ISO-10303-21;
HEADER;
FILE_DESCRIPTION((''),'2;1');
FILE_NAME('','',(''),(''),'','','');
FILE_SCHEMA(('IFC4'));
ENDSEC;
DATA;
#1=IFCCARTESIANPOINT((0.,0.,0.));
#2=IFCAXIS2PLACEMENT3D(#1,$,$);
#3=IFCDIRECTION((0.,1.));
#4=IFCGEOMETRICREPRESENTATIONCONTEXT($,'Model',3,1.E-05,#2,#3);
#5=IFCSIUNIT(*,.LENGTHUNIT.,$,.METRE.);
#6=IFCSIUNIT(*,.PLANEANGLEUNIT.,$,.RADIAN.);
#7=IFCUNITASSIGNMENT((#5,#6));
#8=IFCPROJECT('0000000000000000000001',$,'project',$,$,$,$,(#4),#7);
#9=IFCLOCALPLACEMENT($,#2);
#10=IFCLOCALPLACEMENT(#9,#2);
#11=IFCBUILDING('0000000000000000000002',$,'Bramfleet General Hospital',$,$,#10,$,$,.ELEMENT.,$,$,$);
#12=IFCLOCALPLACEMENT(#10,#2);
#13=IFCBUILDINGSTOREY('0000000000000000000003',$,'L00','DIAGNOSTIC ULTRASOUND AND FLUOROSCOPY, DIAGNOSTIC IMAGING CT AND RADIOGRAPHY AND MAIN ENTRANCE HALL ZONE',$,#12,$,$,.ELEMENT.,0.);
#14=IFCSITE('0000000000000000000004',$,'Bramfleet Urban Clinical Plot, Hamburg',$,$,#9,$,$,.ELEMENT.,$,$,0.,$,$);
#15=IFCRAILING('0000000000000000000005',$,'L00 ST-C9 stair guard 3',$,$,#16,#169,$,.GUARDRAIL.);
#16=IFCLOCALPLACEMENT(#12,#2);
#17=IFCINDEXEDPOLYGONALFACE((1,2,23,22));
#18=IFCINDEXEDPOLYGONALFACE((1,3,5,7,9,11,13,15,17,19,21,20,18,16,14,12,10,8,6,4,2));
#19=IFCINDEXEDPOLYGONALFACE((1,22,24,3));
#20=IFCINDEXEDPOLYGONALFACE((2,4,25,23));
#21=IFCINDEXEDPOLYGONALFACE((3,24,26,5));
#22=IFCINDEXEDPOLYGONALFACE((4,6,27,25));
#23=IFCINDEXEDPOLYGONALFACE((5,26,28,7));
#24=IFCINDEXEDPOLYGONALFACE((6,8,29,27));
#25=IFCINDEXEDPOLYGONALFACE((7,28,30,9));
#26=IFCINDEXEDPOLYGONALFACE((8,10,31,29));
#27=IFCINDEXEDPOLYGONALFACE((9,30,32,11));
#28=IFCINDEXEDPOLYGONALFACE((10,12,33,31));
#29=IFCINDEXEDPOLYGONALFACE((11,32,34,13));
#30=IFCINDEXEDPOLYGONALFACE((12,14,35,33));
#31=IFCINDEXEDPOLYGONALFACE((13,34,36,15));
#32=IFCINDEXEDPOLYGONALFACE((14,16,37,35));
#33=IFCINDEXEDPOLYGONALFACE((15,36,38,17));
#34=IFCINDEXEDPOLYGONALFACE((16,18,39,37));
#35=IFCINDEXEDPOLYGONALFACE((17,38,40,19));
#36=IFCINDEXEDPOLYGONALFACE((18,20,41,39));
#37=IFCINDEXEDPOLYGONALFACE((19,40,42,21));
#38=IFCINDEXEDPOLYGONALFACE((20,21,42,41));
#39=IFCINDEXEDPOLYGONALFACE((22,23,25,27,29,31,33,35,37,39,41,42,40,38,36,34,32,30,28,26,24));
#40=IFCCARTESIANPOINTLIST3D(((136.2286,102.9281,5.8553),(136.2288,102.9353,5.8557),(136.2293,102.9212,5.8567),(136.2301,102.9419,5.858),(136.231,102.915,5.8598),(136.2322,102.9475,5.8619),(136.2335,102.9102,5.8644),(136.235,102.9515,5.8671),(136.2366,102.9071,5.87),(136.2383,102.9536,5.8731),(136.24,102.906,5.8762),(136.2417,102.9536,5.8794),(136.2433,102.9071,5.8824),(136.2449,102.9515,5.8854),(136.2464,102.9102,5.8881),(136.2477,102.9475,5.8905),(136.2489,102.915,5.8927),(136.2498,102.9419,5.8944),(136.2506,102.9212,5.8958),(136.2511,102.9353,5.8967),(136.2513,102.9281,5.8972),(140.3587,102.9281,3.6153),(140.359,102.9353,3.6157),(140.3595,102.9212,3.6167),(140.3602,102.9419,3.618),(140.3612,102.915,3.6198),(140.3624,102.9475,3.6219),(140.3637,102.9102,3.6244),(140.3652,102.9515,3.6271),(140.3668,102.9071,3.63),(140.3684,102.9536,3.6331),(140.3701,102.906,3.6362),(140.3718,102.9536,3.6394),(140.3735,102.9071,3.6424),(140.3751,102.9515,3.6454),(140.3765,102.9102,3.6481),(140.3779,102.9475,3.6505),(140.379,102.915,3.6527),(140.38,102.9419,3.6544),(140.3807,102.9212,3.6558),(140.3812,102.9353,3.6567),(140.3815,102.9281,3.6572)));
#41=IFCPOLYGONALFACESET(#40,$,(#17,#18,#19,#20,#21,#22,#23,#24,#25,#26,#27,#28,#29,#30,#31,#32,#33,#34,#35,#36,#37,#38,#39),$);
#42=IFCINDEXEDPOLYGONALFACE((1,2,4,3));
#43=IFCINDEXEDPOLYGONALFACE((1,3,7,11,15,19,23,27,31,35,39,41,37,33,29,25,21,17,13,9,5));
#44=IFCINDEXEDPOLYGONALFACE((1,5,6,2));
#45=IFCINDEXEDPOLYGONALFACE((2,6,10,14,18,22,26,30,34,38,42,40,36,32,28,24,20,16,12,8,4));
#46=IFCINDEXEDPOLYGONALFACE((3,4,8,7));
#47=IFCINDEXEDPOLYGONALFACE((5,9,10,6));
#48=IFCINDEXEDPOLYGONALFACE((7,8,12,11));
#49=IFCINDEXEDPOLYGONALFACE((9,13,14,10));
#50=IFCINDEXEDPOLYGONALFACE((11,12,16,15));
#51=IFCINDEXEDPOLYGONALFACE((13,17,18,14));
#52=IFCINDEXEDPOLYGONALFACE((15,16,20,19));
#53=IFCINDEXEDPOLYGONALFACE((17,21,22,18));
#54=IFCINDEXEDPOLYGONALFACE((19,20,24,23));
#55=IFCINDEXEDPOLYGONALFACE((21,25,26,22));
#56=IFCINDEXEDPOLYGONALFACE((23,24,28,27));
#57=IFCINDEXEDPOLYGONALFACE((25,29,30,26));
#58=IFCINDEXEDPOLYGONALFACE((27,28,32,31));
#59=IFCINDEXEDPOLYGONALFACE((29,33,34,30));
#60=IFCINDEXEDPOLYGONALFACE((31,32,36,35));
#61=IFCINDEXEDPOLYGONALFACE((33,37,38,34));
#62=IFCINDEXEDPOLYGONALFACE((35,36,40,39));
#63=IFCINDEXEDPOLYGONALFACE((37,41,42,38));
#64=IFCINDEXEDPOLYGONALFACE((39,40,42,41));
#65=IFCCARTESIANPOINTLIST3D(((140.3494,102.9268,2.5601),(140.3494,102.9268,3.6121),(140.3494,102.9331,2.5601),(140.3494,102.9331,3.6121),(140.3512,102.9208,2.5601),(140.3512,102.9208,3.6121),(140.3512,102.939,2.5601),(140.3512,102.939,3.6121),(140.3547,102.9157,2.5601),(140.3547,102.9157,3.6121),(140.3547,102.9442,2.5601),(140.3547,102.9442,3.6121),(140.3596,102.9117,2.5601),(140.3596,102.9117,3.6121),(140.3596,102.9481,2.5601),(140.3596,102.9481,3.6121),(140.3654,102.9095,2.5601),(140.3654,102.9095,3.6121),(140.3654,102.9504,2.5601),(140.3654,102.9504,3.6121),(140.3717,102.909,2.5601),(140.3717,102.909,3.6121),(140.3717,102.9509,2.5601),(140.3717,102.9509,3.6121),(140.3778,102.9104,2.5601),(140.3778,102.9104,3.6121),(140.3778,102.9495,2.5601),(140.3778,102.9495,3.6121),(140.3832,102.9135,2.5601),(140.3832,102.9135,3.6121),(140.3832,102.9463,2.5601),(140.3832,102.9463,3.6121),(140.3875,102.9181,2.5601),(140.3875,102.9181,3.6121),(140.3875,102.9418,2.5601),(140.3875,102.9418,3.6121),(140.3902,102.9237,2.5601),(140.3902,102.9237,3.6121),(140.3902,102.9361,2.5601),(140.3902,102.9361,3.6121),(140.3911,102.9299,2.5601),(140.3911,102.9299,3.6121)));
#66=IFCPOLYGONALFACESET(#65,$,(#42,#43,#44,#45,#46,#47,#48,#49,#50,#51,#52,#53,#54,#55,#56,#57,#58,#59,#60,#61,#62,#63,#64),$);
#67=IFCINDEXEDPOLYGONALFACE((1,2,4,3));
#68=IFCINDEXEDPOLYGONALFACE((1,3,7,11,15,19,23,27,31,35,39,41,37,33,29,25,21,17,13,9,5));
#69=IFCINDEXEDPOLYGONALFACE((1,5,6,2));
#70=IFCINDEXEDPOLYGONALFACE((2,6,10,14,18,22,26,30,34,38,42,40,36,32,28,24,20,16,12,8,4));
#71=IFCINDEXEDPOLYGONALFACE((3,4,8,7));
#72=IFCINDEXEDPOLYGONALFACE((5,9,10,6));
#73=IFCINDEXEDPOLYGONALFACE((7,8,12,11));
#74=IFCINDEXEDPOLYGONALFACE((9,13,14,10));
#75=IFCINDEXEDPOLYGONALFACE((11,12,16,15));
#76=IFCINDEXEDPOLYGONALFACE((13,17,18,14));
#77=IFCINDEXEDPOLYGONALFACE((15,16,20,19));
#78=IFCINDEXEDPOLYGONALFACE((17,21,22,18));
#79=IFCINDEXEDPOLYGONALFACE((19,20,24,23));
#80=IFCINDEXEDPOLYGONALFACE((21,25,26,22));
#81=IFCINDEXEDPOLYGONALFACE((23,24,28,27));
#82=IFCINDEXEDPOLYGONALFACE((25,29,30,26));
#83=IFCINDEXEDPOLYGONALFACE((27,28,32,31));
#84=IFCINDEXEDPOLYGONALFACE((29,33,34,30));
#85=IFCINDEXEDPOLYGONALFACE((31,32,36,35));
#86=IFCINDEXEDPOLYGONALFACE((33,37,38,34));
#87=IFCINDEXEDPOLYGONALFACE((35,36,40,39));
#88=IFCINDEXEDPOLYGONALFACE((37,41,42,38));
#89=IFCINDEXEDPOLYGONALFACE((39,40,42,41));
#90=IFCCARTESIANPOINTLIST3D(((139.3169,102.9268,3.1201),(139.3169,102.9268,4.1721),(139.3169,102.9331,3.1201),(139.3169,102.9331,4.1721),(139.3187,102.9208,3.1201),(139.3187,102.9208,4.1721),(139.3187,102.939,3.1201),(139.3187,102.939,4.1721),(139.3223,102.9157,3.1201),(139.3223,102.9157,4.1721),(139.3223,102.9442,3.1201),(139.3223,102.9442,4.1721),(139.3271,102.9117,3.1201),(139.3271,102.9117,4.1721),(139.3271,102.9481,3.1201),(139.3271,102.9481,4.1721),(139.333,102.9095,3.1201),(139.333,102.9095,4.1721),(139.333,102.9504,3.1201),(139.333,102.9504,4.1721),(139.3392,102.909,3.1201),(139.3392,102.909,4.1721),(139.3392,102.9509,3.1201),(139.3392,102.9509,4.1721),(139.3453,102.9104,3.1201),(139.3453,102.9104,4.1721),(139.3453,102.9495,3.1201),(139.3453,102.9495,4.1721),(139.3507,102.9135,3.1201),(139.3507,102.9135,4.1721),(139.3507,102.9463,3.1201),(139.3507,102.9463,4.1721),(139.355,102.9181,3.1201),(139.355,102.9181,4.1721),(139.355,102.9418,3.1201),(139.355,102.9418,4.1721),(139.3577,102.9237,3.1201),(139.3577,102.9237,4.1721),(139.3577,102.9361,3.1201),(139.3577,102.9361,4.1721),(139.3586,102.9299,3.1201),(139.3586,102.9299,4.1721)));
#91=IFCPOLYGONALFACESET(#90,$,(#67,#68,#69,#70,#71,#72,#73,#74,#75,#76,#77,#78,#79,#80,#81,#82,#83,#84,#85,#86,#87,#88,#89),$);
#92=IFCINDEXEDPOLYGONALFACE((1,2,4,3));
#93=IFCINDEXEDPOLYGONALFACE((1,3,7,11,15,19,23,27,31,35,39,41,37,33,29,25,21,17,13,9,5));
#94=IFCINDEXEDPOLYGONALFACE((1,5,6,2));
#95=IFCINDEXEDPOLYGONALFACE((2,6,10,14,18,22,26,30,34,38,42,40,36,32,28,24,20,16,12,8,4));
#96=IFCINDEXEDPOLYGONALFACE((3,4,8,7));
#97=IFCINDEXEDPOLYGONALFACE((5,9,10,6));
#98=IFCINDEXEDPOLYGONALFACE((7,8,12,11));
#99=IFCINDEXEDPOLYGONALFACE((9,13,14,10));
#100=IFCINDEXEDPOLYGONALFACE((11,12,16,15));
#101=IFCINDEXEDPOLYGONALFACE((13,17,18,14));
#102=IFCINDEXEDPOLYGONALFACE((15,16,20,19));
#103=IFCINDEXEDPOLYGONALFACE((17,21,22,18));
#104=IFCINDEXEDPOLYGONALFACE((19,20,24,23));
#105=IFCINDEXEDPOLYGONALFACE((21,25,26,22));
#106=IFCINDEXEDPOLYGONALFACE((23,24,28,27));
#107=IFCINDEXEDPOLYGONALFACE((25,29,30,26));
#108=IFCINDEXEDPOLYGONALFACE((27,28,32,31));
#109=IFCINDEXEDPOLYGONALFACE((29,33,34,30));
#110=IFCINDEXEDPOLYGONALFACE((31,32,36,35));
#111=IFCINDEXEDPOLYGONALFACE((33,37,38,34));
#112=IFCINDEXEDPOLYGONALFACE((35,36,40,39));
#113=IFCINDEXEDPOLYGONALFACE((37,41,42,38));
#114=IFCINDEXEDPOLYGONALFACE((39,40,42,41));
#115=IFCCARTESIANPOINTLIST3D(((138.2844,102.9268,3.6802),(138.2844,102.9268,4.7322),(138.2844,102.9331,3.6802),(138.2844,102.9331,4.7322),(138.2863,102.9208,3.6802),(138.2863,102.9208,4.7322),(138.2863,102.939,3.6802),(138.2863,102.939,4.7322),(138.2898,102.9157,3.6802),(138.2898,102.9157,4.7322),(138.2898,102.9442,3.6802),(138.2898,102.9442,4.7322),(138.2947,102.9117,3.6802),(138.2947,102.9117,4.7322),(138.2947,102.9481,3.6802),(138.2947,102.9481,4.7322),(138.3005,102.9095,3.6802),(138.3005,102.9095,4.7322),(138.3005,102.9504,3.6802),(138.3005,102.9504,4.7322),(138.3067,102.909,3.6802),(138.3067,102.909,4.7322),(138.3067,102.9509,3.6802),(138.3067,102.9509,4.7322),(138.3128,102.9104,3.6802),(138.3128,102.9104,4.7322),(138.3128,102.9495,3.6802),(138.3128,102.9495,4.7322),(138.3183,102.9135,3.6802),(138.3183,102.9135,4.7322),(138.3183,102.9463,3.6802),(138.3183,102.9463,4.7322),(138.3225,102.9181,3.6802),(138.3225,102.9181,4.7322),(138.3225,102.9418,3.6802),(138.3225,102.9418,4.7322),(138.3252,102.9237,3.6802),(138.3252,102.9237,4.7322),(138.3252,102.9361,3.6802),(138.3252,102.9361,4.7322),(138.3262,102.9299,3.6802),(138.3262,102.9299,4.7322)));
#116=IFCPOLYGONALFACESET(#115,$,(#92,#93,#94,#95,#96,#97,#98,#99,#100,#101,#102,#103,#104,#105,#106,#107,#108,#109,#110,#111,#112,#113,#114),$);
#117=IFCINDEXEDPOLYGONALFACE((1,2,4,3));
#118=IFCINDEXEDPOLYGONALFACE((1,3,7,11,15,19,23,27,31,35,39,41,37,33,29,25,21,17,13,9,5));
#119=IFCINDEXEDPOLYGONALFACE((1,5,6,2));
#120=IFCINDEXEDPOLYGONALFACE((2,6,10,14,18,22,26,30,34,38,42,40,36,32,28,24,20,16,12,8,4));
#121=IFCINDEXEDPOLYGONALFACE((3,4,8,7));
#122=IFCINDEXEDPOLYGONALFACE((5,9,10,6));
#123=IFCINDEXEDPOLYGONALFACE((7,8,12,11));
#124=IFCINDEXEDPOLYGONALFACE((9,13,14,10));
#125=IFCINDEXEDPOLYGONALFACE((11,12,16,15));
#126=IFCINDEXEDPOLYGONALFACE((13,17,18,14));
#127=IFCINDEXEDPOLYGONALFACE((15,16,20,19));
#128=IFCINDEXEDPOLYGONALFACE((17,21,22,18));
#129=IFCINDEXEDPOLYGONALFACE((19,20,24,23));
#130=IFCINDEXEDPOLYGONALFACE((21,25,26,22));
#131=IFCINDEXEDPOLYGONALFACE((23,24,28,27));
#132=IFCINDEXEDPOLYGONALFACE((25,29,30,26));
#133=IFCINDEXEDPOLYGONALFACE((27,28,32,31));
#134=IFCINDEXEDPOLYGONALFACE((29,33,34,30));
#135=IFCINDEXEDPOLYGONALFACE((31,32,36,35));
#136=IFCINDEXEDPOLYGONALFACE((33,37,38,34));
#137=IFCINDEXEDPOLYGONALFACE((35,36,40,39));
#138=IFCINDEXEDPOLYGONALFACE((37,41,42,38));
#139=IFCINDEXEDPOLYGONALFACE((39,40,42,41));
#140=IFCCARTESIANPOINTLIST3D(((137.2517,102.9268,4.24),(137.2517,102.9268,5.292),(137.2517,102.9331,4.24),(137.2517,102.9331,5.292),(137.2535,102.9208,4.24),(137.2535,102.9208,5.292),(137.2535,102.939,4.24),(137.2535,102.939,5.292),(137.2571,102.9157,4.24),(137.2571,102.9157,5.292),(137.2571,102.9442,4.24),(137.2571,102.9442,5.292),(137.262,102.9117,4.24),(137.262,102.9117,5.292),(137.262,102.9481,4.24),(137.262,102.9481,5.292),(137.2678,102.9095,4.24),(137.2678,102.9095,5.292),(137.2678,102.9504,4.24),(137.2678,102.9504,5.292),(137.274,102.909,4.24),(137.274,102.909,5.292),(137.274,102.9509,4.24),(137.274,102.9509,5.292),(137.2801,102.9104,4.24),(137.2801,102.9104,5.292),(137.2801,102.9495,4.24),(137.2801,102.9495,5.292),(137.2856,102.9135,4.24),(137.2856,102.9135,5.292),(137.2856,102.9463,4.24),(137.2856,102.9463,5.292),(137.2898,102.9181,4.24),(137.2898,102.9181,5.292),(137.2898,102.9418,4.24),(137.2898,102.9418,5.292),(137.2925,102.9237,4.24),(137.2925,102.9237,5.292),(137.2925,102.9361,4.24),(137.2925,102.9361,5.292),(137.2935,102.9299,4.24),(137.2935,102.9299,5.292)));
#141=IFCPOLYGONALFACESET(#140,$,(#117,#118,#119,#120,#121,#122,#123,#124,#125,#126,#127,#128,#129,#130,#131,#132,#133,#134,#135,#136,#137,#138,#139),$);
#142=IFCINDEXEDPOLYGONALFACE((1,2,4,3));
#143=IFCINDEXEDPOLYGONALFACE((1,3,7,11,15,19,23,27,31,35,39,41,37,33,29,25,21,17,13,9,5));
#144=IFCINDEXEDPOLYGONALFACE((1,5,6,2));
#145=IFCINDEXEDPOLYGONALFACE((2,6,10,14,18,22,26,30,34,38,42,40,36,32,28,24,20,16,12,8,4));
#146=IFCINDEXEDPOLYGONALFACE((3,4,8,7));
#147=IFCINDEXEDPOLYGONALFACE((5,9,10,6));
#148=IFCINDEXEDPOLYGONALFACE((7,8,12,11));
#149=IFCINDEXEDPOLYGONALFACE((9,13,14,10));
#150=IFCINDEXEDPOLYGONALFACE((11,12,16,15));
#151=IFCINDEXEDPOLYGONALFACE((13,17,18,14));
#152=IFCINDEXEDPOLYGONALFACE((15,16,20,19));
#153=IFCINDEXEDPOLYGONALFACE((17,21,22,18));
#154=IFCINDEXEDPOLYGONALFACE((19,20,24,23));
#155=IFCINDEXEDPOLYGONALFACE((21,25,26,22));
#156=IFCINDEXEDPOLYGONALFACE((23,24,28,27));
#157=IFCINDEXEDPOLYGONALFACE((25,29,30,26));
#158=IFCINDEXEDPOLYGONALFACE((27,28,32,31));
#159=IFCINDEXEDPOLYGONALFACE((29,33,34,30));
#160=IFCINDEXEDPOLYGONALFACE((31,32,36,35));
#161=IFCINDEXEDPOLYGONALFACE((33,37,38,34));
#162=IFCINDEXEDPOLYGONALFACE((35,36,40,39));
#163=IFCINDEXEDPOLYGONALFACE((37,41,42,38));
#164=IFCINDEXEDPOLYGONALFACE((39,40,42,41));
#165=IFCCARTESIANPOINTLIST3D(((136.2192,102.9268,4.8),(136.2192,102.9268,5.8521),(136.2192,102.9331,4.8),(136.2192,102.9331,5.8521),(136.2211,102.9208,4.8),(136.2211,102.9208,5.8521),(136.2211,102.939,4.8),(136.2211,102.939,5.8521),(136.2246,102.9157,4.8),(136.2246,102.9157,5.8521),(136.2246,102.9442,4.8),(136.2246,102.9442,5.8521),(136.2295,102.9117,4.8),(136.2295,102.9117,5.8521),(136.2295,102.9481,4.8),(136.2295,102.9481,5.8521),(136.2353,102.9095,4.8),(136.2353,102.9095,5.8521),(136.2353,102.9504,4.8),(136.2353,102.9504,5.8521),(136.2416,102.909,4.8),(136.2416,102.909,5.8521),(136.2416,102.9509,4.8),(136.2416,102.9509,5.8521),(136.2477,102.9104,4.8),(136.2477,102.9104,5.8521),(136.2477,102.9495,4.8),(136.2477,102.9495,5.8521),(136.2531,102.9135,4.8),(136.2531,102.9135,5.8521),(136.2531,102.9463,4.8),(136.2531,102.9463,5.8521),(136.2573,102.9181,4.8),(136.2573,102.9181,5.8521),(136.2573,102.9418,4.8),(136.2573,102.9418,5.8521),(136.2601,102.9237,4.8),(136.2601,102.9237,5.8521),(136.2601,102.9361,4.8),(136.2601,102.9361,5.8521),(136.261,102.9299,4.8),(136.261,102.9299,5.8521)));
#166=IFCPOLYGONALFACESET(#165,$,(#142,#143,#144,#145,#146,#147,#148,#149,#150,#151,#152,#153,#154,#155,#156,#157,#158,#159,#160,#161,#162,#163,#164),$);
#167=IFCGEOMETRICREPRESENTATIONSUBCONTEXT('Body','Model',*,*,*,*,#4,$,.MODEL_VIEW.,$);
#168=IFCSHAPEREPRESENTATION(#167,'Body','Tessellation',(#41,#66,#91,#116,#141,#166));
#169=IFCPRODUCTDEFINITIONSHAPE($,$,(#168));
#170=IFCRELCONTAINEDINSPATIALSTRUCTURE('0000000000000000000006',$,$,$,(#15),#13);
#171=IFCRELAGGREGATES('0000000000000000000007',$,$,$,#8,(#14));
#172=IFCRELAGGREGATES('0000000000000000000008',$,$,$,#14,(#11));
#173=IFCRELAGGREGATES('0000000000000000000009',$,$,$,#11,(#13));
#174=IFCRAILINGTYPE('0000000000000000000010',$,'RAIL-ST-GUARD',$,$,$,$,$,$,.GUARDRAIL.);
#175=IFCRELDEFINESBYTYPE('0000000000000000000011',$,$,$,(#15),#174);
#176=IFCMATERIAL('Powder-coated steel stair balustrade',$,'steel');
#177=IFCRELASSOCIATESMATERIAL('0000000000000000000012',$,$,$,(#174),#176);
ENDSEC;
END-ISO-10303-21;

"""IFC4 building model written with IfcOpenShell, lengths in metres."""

from ifc_helpers import new_model, si_unit, direction, frame, origin, origin_2d, place, context, subcontext, project, spatial, circle, extrude, material, type_object, element, save


model = new_model("IFC4")

# Units and contexts
model_context = context("Model", 3, precision=1e-05, world=origin(), true_north=direction((0.0, 1.0)))
body_context = subcontext(model_context, "Body", "Model", "MODEL_VIEW")
ifc_project = project(units=[si_unit("LENGTHUNIT", "METRE"), si_unit("PLANEANGLEUNIT", "RADIAN")], contexts=[model_context])

# Site, building, storey
site_placement = place(None, origin())
site = spatial("IfcSite", under=ifc_project, at=site_placement, Name="Bramfleet Urban Clinical Plot, Hamburg", CompositionType="ELEMENT", RefElevation=0.0)
building_placement = place(site_placement, origin())
building = spatial("IfcBuilding", under=site, at=building_placement, Name="Bramfleet General Hospital", CompositionType="ELEMENT")
storey_placement = place(building_placement, origin())
storey = spatial("IfcBuildingStorey", under=building, at=storey_placement, Name="L00", Description="DIAGNOSTIC ULTRASOUND AND FLUOROSCOPY, DIAGNOSTIC IMAGING CT AND RADIOGRAPHY AND MAIN ENTRANCE HALL ZONE", CompositionType="ELEMENT", Elevation=0.0)

# Railing
ifc_material_1 = material(Name="Powder-coated steel stair balustrade", Category="steel")
railing_type_1 = type_object("IfcRailingType", Name="RAIL-ST-GUARD", PredefinedType="GUARDRAIL", material=ifc_material_1)
railing_1_placement = place(storey_placement, frame((140.3701, 102.9299, 2.5601)))
element("IfcRailing", 1, at=railing_1_placement, inside=storey, type_object=railing_type_1, Name="L00 ST-C9 stair guard 3", PredefinedType="GUARDRAIL", context=body_context, shape_type="SweptSolid", body=[
    extrude(circle(Radius=0.0239, at=origin_2d()), frame((0.0, 0.0, 1.0762), z_axis=(-0.879039, 0.0, 0.47675), x_axis=(0.0, -1.0, 0.0)), (0.0, 0.0, 1.0), 4.6985),
    extrude(circle(Radius=0.021, at=origin_2d()), origin(), (0.0, 0.0, 1.0), 1.052),
    extrude(circle(Radius=0.021, at=origin_2d()), frame((-1.0325, 0.0, 0.5601)), (0.0, 0.0, 1.0), 1.052),
    extrude(circle(Radius=0.021, at=origin_2d()), frame((-2.0649, 0.0, 1.1201)), (0.0, 0.0, 1.0), 1.052),
    extrude(circle(Radius=0.021, at=origin_2d()), frame((-3.0977, 0.0, 1.6799)), (0.0, 0.0, 1.0), 1.052),
    extrude(circle(Radius=0.021, at=origin_2d()), frame((-4.1301, 0.0, 2.24)), (0.0, 0.0, 1.0), 1.052),
])

save(model, "model.ifc")
